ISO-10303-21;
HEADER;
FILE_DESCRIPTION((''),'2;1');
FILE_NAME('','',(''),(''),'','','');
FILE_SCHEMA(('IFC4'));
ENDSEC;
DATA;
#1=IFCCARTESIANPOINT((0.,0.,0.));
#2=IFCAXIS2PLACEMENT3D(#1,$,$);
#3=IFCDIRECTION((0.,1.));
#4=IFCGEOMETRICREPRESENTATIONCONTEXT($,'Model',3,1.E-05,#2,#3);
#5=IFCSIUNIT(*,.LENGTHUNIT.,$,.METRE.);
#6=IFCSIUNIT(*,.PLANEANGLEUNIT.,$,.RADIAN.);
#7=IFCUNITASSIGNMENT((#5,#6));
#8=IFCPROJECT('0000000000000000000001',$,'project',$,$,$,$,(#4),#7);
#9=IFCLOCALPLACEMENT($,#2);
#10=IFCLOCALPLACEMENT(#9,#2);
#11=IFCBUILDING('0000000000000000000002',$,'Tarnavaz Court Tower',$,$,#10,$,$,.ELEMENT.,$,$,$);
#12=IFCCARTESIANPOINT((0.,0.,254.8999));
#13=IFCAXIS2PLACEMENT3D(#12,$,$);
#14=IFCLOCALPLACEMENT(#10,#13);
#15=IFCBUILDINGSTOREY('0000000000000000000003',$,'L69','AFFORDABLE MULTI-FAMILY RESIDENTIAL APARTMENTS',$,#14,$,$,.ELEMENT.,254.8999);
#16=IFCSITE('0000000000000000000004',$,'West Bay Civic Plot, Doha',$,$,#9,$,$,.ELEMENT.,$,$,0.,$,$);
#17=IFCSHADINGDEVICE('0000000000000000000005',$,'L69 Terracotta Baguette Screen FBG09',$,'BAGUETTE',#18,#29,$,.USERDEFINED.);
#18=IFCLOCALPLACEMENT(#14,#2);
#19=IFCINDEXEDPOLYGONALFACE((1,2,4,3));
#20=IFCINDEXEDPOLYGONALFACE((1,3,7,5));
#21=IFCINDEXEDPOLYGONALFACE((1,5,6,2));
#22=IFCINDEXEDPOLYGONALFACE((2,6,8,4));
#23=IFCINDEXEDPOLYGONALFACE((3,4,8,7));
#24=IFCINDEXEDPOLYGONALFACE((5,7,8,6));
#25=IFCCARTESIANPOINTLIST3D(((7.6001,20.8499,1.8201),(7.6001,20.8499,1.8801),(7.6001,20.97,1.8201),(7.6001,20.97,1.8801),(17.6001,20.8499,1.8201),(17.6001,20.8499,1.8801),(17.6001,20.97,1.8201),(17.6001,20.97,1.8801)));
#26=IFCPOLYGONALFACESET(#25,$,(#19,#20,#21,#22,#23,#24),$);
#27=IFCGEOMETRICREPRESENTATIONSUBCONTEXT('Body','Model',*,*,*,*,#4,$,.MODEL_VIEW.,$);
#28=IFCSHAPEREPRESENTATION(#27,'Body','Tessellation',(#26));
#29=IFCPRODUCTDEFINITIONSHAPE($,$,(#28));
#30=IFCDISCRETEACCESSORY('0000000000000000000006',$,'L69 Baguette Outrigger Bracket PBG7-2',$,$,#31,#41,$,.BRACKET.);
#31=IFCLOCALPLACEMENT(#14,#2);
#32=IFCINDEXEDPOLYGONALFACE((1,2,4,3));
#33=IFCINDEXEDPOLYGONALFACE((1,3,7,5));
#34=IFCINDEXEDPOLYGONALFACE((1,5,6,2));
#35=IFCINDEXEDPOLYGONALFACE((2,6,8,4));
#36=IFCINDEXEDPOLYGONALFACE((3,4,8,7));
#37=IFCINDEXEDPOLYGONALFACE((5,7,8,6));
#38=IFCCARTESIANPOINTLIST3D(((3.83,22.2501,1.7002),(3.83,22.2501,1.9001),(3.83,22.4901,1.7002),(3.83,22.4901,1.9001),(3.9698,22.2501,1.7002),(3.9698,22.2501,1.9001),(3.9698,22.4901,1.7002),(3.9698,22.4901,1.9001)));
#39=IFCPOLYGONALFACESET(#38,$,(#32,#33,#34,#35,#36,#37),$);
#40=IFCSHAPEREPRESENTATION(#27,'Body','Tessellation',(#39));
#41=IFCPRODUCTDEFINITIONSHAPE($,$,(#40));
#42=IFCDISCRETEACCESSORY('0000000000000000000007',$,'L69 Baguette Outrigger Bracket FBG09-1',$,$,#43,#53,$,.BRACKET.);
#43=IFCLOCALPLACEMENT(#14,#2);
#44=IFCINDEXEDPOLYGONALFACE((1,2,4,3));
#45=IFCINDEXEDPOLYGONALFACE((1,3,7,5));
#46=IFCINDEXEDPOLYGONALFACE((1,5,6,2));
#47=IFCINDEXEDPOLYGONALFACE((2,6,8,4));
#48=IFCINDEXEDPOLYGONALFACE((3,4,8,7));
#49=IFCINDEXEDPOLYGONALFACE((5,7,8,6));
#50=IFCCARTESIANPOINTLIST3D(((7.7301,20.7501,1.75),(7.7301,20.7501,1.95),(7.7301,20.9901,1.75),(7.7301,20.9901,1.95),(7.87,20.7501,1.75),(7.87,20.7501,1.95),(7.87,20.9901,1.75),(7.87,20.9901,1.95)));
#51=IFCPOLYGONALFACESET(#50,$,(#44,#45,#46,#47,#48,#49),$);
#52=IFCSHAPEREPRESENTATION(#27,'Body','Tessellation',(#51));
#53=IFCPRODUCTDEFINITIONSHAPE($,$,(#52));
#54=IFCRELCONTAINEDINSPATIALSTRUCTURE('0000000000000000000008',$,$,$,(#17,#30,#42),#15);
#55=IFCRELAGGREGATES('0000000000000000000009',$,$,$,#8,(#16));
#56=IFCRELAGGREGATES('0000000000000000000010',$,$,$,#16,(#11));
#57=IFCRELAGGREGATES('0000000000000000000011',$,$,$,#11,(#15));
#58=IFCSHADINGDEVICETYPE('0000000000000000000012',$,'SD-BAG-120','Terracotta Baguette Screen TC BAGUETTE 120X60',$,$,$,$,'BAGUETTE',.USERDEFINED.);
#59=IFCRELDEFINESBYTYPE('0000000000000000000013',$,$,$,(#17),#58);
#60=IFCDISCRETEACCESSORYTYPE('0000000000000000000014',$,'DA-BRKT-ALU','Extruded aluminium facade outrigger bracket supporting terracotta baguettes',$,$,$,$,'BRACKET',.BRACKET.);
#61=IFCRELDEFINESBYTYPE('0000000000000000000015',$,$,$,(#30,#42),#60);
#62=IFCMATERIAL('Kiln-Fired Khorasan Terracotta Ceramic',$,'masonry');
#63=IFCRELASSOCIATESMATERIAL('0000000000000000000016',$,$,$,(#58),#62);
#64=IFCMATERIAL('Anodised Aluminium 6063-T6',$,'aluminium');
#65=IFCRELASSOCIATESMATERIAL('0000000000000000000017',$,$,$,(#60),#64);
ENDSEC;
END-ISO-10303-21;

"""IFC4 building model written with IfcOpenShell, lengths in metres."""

from ifc_helpers import new_model, si_unit, direction, frame, origin, origin_2d, place, context, subcontext, project, spatial, rectangle, extrude, material, material_profile, profile_set, type_object, element, save


model = new_model("IFC4")

# Units and contexts
model_context = context("Model", 3, precision=1e-05, world=origin(), true_north=direction((0.0, 1.0)))
body_context = subcontext(model_context, "Body", "Model", "MODEL_VIEW")
ifc_project = project(units=[si_unit("LENGTHUNIT", "METRE"), si_unit("PLANEANGLEUNIT", "RADIAN")], contexts=[model_context])

# Site, building, storey
site_placement = place(None, origin())
site = spatial("IfcSite", under=ifc_project, at=site_placement, Name="West Bay Civic Plot, Doha", CompositionType="ELEMENT", RefElevation=0.0)
building_placement = place(site_placement, origin())
building = spatial("IfcBuilding", under=site, at=building_placement, Name="Tarnavaz Court Tower", CompositionType="ELEMENT")
storey_placement = place(building_placement, frame((0.0, 0.0, 254.8999)))
storey = spatial("IfcBuildingStorey", under=building, at=storey_placement, Name="L69", Description="AFFORDABLE MULTI-FAMILY RESIDENTIAL APARTMENTS", CompositionType="ELEMENT", Elevation=254.8999)

# Shared definitions
ifc_material_1 = material(Name="Anodised Aluminium 6063-T6", Category="aluminium")

# Shading device
ifc_material_2 = material(Name="Kiln-Fired Khorasan Terracotta Ceramic", Category="masonry")
ifc_material_profile_1 = material_profile(ifc_material_2, rectangle(XDim=0.1201, YDim=0.0601, at=origin_2d()), Name="TC BAGUETTE 120X60")
ifc_profile_set_1 = profile_set([ifc_material_profile_1], Name="Kiln-Fired Khorasan Terracotta Ceramic")
shading_device_type = type_object("IfcShadingDeviceType", Name="SD-BAG-120", Description="Terracotta Baguette Screen TC BAGUETTE 120X60", ElementType="BAGUETTE", PredefinedType="USERDEFINED", material=ifc_profile_set_1)
shading_device_placement = place(storey_placement, frame((7.6001, 20.9099, 1.8501), z_axis=(1.0, 0.0, 0.0), x_axis=(0.0, 1.0, 0.0)))
element("IfcShadingDevice", 1, at=shading_device_placement, inside=storey, type_object=shading_device_type, Name="L69 Terracotta Baguette Screen FBG09", ObjectType="BAGUETTE", PredefinedType="USERDEFINED", context=body_context, shape_type="SweptSolid", body=[
    extrude(rectangle(XDim=0.1201, YDim=0.0601, at=origin_2d()), origin(), (0.0, 0.0, 1.0), 10.0),
])

# Discrete accessories
discrete_accessory_type = type_object("IfcDiscreteAccessoryType", Name="DA-BRKT-ALU", Description="Extruded aluminium facade outrigger bracket supporting terracotta baguettes", ElementType="BRACKET", PredefinedType="BRACKET", material=ifc_material_1)
for number, where, z_axis, x_axis, name in (
    (2, (3.8999, 22.3701, 1.7002), (0.0, 0.0, 1.0), (1.0, 0.0, 0.0), "L69 Baguette Outrigger Bracket PBG7-2"),
    (3, (7.8, 20.8701, 1.75), (0.0, 0.0, 1.0), (1.0, 0.0, 0.0), "L69 Baguette Outrigger Bracket FBG09-1"),
):
    element("IfcDiscreteAccessory", number, at=place(storey_placement, frame(where, z_axis=z_axis, x_axis=x_axis)), inside=storey, type_object=discrete_accessory_type, Name=name, PredefinedType="BRACKET", context=body_context, shape_type="SweptSolid", body=[
        extrude(rectangle(XDim=0.1399, YDim=0.24, at=origin_2d()), origin(), (0.0, 0.0, 1.0), 0.2),
    ])

save(model, "model.ifc")
